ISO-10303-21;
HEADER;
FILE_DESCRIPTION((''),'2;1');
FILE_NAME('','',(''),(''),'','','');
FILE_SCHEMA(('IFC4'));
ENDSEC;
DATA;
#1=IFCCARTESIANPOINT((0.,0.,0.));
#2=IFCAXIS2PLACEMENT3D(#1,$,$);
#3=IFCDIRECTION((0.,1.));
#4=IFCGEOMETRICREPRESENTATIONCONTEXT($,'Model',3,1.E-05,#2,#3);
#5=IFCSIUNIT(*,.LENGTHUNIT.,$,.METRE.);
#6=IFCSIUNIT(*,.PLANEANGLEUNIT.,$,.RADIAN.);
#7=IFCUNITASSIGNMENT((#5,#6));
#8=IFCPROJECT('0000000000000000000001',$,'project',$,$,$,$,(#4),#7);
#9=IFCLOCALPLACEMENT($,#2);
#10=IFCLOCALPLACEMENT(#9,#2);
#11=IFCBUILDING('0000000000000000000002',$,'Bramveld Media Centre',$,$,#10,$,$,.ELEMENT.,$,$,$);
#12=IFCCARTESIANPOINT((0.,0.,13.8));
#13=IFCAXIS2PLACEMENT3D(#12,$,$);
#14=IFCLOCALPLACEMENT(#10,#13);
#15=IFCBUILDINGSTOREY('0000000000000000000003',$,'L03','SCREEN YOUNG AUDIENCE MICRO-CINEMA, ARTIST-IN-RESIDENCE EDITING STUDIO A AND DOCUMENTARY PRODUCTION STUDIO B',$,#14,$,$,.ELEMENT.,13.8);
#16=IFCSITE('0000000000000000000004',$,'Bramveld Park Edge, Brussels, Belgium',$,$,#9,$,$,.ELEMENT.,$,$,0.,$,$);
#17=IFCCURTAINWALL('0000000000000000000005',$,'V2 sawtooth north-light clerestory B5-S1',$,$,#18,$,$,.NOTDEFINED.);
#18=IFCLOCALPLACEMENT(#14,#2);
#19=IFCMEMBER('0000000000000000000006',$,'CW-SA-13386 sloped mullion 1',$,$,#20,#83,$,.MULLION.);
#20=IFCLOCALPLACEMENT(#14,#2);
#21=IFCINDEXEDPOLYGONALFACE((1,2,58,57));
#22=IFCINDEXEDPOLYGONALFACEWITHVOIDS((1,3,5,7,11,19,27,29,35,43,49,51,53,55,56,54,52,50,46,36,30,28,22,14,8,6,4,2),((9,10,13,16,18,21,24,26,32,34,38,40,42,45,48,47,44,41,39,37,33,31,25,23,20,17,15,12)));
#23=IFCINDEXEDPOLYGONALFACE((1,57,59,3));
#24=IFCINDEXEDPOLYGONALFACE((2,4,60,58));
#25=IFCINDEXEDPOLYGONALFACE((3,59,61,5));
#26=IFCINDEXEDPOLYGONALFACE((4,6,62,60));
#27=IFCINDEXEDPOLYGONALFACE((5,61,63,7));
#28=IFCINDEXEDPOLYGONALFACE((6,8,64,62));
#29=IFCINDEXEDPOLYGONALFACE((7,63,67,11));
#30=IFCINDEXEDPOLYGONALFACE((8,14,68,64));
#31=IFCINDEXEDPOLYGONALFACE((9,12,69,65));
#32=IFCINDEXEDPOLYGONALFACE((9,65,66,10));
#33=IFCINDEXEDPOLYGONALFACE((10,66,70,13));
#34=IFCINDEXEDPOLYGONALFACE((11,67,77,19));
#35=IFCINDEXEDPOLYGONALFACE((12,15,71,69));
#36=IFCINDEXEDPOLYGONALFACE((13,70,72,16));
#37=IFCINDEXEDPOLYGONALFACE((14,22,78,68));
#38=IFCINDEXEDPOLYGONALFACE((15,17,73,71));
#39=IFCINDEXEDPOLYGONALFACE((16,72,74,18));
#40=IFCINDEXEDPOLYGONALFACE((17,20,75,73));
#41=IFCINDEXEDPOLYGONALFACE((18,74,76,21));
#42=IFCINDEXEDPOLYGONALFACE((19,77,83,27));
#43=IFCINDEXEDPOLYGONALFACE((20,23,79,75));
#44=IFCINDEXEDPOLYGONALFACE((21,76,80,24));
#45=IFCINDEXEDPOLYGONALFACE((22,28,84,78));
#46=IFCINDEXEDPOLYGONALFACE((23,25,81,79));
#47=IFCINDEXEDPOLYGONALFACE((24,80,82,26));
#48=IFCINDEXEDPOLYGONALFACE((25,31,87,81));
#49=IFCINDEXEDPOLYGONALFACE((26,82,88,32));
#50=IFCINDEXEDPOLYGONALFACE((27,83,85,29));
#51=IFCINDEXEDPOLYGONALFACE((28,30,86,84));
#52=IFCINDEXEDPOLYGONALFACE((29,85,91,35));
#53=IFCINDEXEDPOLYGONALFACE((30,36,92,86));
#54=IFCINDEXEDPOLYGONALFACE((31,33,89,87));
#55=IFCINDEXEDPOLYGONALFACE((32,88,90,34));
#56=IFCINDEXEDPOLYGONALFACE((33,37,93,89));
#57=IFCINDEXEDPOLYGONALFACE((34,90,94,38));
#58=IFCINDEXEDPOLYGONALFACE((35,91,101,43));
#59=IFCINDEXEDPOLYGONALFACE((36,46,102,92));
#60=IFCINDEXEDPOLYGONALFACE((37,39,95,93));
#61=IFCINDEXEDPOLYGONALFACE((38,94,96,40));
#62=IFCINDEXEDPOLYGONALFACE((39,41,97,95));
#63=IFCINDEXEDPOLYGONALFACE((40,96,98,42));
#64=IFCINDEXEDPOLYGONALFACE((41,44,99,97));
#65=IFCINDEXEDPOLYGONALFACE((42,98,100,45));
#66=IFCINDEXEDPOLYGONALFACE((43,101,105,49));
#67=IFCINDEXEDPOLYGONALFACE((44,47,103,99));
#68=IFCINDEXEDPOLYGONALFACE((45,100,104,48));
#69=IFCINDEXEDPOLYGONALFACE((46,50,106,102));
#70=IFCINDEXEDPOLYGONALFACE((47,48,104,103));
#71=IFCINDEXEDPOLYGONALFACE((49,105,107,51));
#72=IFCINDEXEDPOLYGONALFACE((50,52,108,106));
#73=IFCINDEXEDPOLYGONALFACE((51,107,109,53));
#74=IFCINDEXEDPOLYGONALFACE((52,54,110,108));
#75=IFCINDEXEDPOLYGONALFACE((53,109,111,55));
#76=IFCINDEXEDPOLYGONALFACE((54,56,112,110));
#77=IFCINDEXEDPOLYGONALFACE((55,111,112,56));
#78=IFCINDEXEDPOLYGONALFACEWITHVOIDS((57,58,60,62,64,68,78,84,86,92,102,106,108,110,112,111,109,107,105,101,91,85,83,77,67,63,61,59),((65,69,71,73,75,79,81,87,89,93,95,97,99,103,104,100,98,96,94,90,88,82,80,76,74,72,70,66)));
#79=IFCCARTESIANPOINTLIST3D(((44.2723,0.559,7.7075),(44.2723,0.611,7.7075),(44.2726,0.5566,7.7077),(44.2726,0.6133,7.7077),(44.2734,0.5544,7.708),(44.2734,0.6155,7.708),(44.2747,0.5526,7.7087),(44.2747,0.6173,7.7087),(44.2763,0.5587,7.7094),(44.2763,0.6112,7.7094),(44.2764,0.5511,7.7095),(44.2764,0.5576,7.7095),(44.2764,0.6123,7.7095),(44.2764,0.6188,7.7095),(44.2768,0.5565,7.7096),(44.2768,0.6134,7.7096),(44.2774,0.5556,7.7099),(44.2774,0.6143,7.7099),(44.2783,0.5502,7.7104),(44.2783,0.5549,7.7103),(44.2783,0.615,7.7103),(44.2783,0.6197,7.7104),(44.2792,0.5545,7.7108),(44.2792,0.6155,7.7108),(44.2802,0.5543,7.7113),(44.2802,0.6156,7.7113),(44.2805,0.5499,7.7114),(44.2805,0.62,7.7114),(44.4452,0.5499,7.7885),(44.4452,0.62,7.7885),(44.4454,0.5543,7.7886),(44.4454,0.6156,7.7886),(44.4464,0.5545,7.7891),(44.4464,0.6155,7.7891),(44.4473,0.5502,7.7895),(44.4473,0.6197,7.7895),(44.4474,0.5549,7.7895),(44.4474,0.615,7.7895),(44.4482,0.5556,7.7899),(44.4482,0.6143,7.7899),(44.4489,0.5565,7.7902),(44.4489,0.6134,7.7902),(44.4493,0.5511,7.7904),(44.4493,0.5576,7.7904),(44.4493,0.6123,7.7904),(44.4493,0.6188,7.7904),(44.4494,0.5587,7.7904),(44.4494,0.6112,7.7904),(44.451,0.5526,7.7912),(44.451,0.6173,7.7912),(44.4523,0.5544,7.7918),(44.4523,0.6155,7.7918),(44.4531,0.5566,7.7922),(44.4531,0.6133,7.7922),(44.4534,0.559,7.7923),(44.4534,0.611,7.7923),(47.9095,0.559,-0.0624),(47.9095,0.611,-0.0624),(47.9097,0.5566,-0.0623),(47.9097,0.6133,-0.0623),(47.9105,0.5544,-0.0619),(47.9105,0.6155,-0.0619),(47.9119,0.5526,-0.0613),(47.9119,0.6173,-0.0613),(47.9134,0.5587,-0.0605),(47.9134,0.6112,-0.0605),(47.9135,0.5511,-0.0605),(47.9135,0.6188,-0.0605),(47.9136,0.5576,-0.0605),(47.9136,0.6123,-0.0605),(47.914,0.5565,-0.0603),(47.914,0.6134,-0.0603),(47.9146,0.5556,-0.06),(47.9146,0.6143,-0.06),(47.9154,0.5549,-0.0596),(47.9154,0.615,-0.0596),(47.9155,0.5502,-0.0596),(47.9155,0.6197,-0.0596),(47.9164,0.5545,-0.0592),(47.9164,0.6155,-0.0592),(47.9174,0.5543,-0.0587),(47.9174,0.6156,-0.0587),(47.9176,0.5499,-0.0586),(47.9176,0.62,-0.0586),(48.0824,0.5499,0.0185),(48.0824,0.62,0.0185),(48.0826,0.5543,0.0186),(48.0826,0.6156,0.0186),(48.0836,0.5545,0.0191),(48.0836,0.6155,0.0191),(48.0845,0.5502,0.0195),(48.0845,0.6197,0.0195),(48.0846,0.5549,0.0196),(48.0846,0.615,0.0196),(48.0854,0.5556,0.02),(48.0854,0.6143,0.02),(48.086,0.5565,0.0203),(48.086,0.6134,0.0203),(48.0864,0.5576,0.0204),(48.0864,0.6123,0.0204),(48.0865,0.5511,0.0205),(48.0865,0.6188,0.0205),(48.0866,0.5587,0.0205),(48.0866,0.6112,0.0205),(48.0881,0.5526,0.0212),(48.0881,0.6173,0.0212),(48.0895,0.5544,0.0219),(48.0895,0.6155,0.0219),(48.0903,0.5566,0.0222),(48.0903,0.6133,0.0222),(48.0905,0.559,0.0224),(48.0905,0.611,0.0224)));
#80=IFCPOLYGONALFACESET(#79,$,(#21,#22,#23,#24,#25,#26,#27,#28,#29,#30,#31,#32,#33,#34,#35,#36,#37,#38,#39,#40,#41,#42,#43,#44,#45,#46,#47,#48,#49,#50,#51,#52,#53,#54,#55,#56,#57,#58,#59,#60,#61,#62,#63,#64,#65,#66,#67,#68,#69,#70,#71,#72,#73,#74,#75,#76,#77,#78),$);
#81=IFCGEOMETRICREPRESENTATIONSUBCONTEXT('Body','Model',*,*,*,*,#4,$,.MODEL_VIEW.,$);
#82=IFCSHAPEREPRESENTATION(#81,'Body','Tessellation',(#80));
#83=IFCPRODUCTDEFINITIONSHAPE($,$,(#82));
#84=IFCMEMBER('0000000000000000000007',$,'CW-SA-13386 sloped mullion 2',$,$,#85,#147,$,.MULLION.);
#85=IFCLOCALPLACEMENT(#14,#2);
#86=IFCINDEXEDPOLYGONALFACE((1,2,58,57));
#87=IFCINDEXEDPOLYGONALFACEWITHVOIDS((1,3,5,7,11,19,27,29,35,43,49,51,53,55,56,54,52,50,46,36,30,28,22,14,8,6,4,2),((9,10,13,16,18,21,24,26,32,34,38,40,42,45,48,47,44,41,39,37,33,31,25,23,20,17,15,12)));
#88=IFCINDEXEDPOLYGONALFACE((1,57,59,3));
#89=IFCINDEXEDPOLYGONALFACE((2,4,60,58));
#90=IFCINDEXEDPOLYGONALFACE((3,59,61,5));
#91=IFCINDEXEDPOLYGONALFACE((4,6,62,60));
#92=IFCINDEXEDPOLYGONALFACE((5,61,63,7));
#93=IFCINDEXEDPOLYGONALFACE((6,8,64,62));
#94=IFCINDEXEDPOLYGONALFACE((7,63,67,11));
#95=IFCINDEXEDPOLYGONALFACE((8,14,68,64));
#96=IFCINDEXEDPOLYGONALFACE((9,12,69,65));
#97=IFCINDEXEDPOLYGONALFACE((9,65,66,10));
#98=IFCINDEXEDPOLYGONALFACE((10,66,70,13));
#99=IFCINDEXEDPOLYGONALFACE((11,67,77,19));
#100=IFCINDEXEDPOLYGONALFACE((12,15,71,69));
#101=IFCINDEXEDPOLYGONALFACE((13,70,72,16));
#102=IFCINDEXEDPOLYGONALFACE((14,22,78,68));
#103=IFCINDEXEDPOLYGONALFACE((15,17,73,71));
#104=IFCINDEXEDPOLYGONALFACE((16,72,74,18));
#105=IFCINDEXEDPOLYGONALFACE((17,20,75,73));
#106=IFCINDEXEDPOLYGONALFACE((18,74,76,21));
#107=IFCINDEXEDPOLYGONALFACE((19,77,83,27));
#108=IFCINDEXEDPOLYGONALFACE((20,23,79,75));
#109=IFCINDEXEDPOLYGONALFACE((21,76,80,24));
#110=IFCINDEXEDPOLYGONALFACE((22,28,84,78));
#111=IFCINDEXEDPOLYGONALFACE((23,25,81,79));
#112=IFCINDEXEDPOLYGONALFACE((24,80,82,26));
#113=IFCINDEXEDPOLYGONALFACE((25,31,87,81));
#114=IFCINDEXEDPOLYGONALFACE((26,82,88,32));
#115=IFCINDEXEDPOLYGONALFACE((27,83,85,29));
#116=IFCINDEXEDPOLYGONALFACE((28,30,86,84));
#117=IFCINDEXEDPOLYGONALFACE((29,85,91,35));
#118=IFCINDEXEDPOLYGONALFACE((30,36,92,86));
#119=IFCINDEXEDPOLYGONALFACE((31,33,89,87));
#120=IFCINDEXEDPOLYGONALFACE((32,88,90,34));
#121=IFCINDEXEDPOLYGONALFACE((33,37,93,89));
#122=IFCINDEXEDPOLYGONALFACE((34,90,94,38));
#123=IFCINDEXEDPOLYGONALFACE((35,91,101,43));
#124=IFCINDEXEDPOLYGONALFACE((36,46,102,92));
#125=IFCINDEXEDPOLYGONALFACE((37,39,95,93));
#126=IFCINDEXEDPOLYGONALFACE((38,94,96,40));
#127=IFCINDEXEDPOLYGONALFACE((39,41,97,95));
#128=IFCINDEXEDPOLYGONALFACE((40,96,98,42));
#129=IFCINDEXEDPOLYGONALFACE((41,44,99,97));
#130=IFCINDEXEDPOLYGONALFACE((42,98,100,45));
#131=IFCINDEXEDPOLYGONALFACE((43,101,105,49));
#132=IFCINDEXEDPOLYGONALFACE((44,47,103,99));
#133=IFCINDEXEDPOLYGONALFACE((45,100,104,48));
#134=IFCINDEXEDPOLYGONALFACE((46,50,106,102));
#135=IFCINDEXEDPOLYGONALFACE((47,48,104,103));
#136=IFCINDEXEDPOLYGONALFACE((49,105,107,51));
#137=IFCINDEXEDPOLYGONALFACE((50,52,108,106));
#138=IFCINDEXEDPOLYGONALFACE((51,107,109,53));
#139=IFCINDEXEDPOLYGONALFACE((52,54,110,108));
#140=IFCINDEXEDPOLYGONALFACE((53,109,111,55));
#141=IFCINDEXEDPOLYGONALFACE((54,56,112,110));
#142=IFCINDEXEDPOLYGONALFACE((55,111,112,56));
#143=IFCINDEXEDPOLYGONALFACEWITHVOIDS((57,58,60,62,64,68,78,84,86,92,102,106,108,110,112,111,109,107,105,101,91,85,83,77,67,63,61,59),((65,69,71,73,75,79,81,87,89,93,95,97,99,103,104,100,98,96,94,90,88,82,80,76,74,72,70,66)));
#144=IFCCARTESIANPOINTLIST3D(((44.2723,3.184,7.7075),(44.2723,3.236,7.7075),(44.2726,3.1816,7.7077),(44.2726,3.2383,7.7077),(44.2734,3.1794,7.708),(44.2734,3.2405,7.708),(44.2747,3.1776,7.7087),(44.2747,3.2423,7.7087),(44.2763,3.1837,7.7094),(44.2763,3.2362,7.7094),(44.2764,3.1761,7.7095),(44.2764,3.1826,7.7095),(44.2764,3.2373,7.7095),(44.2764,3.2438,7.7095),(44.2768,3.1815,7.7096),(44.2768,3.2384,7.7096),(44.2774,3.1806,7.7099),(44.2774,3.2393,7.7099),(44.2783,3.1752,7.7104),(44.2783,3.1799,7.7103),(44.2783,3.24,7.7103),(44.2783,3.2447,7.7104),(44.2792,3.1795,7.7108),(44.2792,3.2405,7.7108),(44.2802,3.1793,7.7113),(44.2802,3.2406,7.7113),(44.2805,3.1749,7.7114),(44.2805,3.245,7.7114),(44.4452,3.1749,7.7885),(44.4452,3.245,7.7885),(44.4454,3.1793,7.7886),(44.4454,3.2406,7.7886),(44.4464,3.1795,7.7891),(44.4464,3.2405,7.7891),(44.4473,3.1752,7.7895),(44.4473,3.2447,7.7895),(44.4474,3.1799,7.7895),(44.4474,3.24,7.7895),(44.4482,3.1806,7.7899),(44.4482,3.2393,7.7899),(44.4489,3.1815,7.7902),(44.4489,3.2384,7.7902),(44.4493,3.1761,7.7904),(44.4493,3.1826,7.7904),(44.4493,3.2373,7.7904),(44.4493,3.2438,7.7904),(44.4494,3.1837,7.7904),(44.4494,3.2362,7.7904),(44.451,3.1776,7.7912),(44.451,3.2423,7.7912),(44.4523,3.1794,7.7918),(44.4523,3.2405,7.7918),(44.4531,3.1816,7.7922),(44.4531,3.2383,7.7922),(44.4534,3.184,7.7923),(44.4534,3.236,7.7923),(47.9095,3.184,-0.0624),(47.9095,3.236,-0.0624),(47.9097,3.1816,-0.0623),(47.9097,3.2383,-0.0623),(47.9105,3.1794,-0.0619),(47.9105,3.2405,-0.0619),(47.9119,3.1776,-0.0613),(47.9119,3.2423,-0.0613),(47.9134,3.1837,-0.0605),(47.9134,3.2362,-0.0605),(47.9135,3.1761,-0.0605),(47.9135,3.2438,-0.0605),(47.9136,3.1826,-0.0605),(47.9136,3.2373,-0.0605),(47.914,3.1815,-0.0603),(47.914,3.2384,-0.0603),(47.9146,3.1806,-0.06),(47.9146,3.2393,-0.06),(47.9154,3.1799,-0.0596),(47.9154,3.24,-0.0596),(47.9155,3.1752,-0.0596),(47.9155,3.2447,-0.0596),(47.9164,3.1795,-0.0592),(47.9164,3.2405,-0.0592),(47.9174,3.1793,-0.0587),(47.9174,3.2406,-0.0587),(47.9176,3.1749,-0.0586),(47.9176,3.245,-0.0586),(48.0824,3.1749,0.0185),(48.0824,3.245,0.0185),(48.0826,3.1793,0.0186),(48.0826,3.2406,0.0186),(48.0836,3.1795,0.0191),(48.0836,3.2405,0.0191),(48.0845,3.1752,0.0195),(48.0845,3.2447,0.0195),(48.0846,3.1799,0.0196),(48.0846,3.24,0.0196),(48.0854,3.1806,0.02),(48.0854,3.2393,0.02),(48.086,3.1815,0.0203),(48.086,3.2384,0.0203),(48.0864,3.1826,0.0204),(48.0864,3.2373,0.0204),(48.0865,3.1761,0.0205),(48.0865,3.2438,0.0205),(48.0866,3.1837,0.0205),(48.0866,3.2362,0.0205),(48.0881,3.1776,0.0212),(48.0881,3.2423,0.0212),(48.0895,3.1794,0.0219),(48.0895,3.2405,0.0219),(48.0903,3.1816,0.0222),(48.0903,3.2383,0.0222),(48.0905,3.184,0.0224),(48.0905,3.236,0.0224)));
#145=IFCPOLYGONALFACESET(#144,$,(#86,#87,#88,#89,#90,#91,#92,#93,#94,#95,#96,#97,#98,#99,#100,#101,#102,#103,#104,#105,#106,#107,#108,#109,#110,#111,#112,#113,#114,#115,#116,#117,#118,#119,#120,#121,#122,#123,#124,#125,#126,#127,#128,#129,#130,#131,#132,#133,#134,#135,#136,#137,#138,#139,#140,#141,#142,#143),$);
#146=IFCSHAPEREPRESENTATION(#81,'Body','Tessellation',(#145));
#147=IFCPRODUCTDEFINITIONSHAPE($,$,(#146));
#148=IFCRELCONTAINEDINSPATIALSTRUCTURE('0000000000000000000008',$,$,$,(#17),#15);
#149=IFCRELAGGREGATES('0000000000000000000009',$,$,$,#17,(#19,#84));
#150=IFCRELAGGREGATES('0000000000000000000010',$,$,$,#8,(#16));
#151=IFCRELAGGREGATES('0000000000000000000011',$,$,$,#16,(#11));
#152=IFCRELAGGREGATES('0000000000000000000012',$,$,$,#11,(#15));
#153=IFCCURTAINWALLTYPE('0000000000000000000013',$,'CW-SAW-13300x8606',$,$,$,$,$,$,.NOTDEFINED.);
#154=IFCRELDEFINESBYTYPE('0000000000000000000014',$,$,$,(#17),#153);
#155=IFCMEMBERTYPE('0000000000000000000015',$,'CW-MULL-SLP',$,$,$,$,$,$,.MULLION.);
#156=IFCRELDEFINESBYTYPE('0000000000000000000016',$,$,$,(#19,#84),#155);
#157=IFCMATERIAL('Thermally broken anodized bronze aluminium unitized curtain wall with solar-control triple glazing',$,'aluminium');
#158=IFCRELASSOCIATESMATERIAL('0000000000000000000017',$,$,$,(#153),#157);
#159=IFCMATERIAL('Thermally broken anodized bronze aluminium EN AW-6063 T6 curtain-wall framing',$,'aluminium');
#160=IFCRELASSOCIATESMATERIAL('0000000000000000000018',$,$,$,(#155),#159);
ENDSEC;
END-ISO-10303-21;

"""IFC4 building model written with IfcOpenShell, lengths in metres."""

from ifc_helpers import new_model, si_unit, direction, frame, origin, origin_2d, place, context, subcontext, project, spatial, hollow_rectangle, extrude, material, material_profile, profile_set, type_object, element, aggregate, save


model = new_model("IFC4")

# Units and contexts
model_context = context("Model", 3, precision=1e-05, world=origin(), true_north=direction((0.0, 1.0)))
body_context = subcontext(model_context, "Body", "Model", "MODEL_VIEW")
ifc_project = project(units=[si_unit("LENGTHUNIT", "METRE"), si_unit("PLANEANGLEUNIT", "RADIAN")], contexts=[model_context])

# Site, building, storey
site_placement = place(None, origin())
site = spatial("IfcSite", under=ifc_project, at=site_placement, Name="Bramveld Park Edge, Brussels, Belgium", CompositionType="ELEMENT", RefElevation=0.0)
building_placement = place(site_placement, origin())
building = spatial("IfcBuilding", under=site, at=building_placement, Name="Bramveld Media Centre", CompositionType="ELEMENT")
storey_placement = place(building_placement, frame((0.0, 0.0, 13.8)))
storey = spatial("IfcBuildingStorey", under=building, at=storey_placement, Name="L03", Description="SCREEN YOUNG AUDIENCE MICRO-CINEMA, ARTIST-IN-RESIDENCE EDITING STUDIO A AND DOCUMENTARY PRODUCTION STUDIO B", CompositionType="ELEMENT", Elevation=13.8)

# Curtain wall, members
ifc_material_1 = material(Name="Thermally broken anodized bronze aluminium unitized curtain wall with solar-control triple glazing", Category="aluminium")
curtain_wall_type = type_object("IfcCurtainWallType", Name="CW-SAW-13300x8606", PredefinedType="NOTDEFINED", material=ifc_material_1)
curtain_wall_placement = place(storey_placement, origin())
curtain_wall = element("IfcCurtainWall", 1, at=curtain_wall_placement, inside=storey, type_object=curtain_wall_type, Name="V2 sawtooth north-light clerestory B5-S1", PredefinedType="NOTDEFINED")
ifc_material_2 = material(Name="Thermally broken anodized bronze aluminium EN AW-6063 T6 curtain-wall framing", Category="aluminium")
ifc_material_profile_1 = material_profile(ifc_material_2, hollow_rectangle(XDim=0.0701, YDim=0.2, WallThickness=0.0044, InnerFilletRadius=0.0044, OuterFilletRadius=0.009, at=origin_2d()), Name="AL-MULL 70x200")
ifc_profile_set_1 = profile_set([ifc_material_profile_1], Name="Thermally broken anodized bronze aluminium EN AW-6063 T6 curtain-wall framing")
member_type_1 = type_object("IfcMemberType", Name="CW-MULL-SLP", PredefinedType="MULLION", material=ifc_profile_set_1)
member_1_placement = place(storey_placement, frame((48.0, 0.585, -0.02), z_axis=(-0.423957, 0.0, 0.905682), x_axis=(0.0, -1.0, 0.0)))
member_1 = element("IfcMember", 2, at=member_1_placement, type_object=member_type_1, Name="CW-SA-13386 sloped mullion 1", PredefinedType="MULLION", context=body_context, shape_type="SweptSolid", body=[
    extrude(hollow_rectangle(XDim=0.0701, YDim=0.2, WallThickness=0.0044, InnerFilletRadius=0.0044, OuterFilletRadius=0.009, at=origin_2d()), origin(), (0.0, 0.0, 1.0), 8.5791),
])
member_2_placement = place(storey_placement, frame((48.0, 3.21, -0.02), z_axis=(-0.423957, 0.0, 0.905682), x_axis=(0.0, -1.0, 0.0)))
member_2 = element("IfcMember", 3, at=member_2_placement, type_object=member_type_1, Name="CW-SA-13386 sloped mullion 2", PredefinedType="MULLION", context=body_context, shape_type="SweptSolid", body=[
    extrude(hollow_rectangle(XDim=0.0701, YDim=0.2, WallThickness=0.0044, InnerFilletRadius=0.0044, OuterFilletRadius=0.009, at=origin_2d()), origin(), (0.0, 0.0, 1.0), 8.5791),
])
aggregate(curtain_wall, [member_1, member_2])

save(model, "model.ifc")
